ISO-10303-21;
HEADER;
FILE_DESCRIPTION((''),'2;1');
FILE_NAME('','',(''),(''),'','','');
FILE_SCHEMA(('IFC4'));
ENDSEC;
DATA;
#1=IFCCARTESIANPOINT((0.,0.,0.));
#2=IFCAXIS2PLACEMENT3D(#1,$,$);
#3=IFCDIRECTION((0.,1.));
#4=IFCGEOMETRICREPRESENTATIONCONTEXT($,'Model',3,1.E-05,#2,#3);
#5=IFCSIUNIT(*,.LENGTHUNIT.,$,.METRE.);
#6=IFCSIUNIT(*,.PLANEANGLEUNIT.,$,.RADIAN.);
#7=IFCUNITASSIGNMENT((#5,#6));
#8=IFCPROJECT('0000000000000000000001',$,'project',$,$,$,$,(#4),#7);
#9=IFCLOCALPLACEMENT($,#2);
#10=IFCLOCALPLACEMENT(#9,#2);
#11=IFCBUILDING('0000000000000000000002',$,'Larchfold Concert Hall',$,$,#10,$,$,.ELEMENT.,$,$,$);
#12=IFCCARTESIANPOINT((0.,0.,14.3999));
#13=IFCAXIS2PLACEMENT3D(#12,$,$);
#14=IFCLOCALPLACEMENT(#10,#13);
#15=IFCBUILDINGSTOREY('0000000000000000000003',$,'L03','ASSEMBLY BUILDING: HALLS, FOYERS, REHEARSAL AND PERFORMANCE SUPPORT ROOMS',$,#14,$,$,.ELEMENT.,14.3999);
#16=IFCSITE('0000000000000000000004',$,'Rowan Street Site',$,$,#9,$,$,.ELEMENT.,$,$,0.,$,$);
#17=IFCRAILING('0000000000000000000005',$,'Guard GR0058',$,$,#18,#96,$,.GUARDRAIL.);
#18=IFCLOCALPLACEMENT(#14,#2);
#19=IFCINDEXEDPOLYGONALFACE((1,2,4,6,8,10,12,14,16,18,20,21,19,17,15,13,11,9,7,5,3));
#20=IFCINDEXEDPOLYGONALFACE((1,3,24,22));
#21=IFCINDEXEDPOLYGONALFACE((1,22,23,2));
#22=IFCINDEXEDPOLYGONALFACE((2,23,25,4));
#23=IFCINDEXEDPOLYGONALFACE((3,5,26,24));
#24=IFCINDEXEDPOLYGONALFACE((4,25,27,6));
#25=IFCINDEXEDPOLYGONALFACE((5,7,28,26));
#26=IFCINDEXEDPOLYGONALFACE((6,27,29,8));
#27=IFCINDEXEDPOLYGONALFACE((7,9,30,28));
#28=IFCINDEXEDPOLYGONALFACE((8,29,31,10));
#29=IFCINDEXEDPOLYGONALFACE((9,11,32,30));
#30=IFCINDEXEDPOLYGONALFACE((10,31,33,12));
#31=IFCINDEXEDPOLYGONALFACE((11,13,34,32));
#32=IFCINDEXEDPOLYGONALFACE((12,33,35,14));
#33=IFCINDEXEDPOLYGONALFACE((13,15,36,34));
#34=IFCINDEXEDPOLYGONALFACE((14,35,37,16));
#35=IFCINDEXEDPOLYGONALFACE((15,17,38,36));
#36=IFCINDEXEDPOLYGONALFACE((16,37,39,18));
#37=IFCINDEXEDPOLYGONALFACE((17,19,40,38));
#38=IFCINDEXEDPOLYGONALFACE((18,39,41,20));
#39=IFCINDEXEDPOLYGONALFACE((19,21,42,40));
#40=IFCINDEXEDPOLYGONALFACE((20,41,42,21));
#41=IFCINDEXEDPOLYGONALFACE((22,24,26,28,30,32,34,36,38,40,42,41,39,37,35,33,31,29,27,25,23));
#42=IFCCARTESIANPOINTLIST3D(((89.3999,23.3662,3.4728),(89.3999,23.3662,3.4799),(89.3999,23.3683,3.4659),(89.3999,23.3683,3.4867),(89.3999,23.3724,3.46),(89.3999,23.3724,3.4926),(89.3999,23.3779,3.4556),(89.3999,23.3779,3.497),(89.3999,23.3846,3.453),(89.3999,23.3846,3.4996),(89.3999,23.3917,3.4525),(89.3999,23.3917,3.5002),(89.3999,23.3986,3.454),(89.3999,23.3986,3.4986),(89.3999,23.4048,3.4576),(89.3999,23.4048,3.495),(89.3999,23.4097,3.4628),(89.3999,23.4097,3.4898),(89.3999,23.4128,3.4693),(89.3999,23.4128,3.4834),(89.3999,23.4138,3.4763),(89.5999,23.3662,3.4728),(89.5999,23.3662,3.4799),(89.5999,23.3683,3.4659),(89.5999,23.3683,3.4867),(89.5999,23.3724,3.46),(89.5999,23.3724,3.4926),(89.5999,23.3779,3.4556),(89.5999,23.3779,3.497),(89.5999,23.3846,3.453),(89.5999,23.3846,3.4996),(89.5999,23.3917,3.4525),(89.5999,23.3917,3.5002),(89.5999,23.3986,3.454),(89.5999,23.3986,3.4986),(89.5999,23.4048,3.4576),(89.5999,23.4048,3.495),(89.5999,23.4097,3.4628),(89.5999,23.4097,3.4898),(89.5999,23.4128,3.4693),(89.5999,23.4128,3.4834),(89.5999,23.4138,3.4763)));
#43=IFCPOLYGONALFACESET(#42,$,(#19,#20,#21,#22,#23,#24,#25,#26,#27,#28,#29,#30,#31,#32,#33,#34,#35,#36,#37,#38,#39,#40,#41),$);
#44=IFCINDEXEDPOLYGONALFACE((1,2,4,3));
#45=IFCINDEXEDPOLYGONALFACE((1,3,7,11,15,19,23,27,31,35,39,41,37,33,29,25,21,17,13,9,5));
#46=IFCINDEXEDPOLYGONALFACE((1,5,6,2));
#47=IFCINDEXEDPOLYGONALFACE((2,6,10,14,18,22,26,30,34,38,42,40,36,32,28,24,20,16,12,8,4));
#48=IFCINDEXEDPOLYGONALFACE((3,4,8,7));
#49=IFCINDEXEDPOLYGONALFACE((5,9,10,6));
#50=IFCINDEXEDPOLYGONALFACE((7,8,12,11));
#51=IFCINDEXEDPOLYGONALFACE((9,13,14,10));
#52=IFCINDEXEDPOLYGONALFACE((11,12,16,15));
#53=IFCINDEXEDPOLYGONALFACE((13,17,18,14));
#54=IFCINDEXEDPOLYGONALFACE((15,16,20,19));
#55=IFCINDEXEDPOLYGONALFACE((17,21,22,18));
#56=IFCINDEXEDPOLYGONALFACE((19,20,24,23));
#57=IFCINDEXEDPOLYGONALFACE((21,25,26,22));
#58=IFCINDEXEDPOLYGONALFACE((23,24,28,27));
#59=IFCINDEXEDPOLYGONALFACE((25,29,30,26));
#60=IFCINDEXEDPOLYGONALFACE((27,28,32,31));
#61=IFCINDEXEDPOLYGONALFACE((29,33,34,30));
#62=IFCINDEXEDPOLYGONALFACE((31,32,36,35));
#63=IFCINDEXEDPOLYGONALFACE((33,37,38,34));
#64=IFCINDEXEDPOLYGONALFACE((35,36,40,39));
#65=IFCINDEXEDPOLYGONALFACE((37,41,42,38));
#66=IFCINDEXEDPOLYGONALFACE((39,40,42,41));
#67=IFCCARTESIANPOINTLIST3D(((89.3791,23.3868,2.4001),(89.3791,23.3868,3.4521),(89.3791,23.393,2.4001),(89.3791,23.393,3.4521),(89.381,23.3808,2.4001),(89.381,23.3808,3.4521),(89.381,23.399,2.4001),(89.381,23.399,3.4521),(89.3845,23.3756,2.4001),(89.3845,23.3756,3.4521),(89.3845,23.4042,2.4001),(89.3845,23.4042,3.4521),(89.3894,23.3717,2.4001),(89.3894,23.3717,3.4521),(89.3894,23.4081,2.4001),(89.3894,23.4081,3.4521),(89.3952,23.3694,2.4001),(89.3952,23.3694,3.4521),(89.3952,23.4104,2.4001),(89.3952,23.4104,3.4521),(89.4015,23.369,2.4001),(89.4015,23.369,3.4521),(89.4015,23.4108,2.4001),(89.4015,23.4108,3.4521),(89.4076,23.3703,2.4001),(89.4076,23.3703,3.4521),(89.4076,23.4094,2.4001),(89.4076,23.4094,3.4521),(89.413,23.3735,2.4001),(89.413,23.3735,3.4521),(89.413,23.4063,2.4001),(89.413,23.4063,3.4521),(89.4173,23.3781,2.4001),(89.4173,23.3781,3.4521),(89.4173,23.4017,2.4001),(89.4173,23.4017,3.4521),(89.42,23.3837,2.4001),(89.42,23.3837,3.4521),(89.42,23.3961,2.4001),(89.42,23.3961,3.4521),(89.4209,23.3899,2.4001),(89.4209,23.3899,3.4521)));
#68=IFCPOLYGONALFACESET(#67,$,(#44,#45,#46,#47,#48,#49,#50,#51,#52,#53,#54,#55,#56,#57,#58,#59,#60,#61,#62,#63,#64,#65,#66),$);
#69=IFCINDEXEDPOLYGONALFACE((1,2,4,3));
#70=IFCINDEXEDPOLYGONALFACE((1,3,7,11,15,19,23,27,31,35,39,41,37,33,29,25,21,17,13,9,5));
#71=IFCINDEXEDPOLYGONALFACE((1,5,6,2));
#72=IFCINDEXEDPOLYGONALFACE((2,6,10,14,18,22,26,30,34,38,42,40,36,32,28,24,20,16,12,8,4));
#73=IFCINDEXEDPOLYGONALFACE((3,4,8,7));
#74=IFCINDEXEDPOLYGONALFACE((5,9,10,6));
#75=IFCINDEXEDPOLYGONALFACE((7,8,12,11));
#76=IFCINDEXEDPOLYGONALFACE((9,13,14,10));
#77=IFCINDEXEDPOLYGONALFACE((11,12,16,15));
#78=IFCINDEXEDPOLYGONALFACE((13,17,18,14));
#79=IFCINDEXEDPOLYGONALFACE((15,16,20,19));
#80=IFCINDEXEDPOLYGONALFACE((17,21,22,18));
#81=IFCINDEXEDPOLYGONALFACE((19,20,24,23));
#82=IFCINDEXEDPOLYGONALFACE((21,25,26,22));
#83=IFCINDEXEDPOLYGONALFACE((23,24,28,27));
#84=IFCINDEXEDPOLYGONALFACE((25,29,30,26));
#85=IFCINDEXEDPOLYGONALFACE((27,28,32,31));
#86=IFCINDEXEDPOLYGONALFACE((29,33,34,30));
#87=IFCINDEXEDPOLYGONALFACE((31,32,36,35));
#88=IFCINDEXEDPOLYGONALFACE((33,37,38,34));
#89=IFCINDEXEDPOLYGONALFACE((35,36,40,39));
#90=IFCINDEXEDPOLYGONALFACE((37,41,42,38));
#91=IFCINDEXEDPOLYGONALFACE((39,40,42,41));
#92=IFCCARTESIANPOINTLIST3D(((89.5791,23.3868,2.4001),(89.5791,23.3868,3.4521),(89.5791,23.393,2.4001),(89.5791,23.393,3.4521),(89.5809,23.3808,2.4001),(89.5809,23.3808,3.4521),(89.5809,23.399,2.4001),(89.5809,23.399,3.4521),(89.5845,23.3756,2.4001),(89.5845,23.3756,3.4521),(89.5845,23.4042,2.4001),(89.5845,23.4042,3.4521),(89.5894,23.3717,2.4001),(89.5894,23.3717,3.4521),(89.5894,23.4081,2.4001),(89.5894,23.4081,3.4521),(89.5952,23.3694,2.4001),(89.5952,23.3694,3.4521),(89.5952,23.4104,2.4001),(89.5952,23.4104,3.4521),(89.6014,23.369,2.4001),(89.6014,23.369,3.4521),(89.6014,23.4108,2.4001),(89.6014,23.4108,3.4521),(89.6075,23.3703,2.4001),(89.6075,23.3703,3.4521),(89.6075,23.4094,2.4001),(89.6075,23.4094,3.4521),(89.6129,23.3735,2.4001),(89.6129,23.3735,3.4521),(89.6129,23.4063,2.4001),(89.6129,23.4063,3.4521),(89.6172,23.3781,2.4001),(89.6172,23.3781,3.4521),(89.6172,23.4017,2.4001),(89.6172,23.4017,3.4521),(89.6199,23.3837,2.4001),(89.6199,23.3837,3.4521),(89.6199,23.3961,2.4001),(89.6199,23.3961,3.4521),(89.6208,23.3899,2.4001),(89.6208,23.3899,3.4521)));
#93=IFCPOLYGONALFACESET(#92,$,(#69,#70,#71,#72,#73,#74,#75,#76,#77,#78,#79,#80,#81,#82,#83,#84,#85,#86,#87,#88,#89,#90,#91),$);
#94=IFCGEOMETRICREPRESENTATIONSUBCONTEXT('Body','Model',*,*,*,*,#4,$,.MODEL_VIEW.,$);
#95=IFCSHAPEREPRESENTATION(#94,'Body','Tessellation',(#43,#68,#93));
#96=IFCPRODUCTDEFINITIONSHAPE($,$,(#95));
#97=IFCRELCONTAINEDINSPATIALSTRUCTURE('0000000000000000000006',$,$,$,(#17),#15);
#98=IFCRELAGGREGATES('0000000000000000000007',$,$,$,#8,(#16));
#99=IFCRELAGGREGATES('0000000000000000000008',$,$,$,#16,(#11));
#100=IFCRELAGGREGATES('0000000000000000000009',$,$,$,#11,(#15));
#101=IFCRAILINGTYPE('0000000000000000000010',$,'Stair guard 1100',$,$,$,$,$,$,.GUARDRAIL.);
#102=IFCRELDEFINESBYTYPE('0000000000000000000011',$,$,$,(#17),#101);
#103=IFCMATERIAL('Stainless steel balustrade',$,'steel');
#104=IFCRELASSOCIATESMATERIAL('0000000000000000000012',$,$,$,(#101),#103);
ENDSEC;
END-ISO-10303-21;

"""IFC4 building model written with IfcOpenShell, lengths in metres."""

from ifc_helpers import new_model, si_unit, direction, frame, origin, origin_2d, place, context, subcontext, project, spatial, circle, extrude, material, type_object, element, save


model = new_model("IFC4")

# Units and contexts
model_context = context("Model", 3, precision=1e-05, world=origin(), true_north=direction((0.0, 1.0)))
body_context = subcontext(model_context, "Body", "Model", "MODEL_VIEW")
ifc_project = project(units=[si_unit("LENGTHUNIT", "METRE"), si_unit("PLANEANGLEUNIT", "RADIAN")], contexts=[model_context])

# Site, building, storey
site_placement = place(None, origin())
site = spatial("IfcSite", under=ifc_project, at=site_placement, Name="Rowan Street Site", CompositionType="ELEMENT", RefElevation=0.0)
building_placement = place(site_placement, origin())
building = spatial("IfcBuilding", under=site, at=building_placement, Name="Larchfold Concert Hall", CompositionType="ELEMENT")
storey_placement = place(building_placement, frame((0.0, 0.0, 14.3999)))
storey = spatial("IfcBuildingStorey", under=building, at=storey_placement, Name="L03", Description="ASSEMBLY BUILDING: HALLS, FOYERS, REHEARSAL AND PERFORMANCE SUPPORT ROOMS", CompositionType="ELEMENT", Elevation=14.3999)

# Railing
ifc_material_1 = material(Name="Stainless steel balustrade", Category="steel")
railing_type_1 = type_object("IfcRailingType", Name="Stair guard 1100", PredefinedType="GUARDRAIL", material=ifc_material_1)
railing_1_placement = place(storey_placement, frame((89.3999, 23.3899, 2.4001)))
element("IfcRailing", 1, at=railing_1_placement, inside=storey, type_object=railing_type_1, Name="Guard GR0058", PredefinedType="GUARDRAIL", context=body_context, shape_type="SweptSolid", body=[
    extrude(circle(Radius=0.0239, at=origin_2d()), frame((0.0, 0.0, 1.0762), z_axis=(1.0, 0.0, 0.0), x_axis=(0.0, 1.0, 0.0)), (0.0, 0.0, 1.0), 0.2),
    extrude(circle(Radius=0.021, at=origin_2d()), origin(), (0.0, 0.0, 1.0), 1.052),
    extrude(circle(Radius=0.021, at=origin_2d()), frame((0.2, 0.0, 0.0)), (0.0, 0.0, 1.0), 1.052),
])

save(model, "model.ifc")
